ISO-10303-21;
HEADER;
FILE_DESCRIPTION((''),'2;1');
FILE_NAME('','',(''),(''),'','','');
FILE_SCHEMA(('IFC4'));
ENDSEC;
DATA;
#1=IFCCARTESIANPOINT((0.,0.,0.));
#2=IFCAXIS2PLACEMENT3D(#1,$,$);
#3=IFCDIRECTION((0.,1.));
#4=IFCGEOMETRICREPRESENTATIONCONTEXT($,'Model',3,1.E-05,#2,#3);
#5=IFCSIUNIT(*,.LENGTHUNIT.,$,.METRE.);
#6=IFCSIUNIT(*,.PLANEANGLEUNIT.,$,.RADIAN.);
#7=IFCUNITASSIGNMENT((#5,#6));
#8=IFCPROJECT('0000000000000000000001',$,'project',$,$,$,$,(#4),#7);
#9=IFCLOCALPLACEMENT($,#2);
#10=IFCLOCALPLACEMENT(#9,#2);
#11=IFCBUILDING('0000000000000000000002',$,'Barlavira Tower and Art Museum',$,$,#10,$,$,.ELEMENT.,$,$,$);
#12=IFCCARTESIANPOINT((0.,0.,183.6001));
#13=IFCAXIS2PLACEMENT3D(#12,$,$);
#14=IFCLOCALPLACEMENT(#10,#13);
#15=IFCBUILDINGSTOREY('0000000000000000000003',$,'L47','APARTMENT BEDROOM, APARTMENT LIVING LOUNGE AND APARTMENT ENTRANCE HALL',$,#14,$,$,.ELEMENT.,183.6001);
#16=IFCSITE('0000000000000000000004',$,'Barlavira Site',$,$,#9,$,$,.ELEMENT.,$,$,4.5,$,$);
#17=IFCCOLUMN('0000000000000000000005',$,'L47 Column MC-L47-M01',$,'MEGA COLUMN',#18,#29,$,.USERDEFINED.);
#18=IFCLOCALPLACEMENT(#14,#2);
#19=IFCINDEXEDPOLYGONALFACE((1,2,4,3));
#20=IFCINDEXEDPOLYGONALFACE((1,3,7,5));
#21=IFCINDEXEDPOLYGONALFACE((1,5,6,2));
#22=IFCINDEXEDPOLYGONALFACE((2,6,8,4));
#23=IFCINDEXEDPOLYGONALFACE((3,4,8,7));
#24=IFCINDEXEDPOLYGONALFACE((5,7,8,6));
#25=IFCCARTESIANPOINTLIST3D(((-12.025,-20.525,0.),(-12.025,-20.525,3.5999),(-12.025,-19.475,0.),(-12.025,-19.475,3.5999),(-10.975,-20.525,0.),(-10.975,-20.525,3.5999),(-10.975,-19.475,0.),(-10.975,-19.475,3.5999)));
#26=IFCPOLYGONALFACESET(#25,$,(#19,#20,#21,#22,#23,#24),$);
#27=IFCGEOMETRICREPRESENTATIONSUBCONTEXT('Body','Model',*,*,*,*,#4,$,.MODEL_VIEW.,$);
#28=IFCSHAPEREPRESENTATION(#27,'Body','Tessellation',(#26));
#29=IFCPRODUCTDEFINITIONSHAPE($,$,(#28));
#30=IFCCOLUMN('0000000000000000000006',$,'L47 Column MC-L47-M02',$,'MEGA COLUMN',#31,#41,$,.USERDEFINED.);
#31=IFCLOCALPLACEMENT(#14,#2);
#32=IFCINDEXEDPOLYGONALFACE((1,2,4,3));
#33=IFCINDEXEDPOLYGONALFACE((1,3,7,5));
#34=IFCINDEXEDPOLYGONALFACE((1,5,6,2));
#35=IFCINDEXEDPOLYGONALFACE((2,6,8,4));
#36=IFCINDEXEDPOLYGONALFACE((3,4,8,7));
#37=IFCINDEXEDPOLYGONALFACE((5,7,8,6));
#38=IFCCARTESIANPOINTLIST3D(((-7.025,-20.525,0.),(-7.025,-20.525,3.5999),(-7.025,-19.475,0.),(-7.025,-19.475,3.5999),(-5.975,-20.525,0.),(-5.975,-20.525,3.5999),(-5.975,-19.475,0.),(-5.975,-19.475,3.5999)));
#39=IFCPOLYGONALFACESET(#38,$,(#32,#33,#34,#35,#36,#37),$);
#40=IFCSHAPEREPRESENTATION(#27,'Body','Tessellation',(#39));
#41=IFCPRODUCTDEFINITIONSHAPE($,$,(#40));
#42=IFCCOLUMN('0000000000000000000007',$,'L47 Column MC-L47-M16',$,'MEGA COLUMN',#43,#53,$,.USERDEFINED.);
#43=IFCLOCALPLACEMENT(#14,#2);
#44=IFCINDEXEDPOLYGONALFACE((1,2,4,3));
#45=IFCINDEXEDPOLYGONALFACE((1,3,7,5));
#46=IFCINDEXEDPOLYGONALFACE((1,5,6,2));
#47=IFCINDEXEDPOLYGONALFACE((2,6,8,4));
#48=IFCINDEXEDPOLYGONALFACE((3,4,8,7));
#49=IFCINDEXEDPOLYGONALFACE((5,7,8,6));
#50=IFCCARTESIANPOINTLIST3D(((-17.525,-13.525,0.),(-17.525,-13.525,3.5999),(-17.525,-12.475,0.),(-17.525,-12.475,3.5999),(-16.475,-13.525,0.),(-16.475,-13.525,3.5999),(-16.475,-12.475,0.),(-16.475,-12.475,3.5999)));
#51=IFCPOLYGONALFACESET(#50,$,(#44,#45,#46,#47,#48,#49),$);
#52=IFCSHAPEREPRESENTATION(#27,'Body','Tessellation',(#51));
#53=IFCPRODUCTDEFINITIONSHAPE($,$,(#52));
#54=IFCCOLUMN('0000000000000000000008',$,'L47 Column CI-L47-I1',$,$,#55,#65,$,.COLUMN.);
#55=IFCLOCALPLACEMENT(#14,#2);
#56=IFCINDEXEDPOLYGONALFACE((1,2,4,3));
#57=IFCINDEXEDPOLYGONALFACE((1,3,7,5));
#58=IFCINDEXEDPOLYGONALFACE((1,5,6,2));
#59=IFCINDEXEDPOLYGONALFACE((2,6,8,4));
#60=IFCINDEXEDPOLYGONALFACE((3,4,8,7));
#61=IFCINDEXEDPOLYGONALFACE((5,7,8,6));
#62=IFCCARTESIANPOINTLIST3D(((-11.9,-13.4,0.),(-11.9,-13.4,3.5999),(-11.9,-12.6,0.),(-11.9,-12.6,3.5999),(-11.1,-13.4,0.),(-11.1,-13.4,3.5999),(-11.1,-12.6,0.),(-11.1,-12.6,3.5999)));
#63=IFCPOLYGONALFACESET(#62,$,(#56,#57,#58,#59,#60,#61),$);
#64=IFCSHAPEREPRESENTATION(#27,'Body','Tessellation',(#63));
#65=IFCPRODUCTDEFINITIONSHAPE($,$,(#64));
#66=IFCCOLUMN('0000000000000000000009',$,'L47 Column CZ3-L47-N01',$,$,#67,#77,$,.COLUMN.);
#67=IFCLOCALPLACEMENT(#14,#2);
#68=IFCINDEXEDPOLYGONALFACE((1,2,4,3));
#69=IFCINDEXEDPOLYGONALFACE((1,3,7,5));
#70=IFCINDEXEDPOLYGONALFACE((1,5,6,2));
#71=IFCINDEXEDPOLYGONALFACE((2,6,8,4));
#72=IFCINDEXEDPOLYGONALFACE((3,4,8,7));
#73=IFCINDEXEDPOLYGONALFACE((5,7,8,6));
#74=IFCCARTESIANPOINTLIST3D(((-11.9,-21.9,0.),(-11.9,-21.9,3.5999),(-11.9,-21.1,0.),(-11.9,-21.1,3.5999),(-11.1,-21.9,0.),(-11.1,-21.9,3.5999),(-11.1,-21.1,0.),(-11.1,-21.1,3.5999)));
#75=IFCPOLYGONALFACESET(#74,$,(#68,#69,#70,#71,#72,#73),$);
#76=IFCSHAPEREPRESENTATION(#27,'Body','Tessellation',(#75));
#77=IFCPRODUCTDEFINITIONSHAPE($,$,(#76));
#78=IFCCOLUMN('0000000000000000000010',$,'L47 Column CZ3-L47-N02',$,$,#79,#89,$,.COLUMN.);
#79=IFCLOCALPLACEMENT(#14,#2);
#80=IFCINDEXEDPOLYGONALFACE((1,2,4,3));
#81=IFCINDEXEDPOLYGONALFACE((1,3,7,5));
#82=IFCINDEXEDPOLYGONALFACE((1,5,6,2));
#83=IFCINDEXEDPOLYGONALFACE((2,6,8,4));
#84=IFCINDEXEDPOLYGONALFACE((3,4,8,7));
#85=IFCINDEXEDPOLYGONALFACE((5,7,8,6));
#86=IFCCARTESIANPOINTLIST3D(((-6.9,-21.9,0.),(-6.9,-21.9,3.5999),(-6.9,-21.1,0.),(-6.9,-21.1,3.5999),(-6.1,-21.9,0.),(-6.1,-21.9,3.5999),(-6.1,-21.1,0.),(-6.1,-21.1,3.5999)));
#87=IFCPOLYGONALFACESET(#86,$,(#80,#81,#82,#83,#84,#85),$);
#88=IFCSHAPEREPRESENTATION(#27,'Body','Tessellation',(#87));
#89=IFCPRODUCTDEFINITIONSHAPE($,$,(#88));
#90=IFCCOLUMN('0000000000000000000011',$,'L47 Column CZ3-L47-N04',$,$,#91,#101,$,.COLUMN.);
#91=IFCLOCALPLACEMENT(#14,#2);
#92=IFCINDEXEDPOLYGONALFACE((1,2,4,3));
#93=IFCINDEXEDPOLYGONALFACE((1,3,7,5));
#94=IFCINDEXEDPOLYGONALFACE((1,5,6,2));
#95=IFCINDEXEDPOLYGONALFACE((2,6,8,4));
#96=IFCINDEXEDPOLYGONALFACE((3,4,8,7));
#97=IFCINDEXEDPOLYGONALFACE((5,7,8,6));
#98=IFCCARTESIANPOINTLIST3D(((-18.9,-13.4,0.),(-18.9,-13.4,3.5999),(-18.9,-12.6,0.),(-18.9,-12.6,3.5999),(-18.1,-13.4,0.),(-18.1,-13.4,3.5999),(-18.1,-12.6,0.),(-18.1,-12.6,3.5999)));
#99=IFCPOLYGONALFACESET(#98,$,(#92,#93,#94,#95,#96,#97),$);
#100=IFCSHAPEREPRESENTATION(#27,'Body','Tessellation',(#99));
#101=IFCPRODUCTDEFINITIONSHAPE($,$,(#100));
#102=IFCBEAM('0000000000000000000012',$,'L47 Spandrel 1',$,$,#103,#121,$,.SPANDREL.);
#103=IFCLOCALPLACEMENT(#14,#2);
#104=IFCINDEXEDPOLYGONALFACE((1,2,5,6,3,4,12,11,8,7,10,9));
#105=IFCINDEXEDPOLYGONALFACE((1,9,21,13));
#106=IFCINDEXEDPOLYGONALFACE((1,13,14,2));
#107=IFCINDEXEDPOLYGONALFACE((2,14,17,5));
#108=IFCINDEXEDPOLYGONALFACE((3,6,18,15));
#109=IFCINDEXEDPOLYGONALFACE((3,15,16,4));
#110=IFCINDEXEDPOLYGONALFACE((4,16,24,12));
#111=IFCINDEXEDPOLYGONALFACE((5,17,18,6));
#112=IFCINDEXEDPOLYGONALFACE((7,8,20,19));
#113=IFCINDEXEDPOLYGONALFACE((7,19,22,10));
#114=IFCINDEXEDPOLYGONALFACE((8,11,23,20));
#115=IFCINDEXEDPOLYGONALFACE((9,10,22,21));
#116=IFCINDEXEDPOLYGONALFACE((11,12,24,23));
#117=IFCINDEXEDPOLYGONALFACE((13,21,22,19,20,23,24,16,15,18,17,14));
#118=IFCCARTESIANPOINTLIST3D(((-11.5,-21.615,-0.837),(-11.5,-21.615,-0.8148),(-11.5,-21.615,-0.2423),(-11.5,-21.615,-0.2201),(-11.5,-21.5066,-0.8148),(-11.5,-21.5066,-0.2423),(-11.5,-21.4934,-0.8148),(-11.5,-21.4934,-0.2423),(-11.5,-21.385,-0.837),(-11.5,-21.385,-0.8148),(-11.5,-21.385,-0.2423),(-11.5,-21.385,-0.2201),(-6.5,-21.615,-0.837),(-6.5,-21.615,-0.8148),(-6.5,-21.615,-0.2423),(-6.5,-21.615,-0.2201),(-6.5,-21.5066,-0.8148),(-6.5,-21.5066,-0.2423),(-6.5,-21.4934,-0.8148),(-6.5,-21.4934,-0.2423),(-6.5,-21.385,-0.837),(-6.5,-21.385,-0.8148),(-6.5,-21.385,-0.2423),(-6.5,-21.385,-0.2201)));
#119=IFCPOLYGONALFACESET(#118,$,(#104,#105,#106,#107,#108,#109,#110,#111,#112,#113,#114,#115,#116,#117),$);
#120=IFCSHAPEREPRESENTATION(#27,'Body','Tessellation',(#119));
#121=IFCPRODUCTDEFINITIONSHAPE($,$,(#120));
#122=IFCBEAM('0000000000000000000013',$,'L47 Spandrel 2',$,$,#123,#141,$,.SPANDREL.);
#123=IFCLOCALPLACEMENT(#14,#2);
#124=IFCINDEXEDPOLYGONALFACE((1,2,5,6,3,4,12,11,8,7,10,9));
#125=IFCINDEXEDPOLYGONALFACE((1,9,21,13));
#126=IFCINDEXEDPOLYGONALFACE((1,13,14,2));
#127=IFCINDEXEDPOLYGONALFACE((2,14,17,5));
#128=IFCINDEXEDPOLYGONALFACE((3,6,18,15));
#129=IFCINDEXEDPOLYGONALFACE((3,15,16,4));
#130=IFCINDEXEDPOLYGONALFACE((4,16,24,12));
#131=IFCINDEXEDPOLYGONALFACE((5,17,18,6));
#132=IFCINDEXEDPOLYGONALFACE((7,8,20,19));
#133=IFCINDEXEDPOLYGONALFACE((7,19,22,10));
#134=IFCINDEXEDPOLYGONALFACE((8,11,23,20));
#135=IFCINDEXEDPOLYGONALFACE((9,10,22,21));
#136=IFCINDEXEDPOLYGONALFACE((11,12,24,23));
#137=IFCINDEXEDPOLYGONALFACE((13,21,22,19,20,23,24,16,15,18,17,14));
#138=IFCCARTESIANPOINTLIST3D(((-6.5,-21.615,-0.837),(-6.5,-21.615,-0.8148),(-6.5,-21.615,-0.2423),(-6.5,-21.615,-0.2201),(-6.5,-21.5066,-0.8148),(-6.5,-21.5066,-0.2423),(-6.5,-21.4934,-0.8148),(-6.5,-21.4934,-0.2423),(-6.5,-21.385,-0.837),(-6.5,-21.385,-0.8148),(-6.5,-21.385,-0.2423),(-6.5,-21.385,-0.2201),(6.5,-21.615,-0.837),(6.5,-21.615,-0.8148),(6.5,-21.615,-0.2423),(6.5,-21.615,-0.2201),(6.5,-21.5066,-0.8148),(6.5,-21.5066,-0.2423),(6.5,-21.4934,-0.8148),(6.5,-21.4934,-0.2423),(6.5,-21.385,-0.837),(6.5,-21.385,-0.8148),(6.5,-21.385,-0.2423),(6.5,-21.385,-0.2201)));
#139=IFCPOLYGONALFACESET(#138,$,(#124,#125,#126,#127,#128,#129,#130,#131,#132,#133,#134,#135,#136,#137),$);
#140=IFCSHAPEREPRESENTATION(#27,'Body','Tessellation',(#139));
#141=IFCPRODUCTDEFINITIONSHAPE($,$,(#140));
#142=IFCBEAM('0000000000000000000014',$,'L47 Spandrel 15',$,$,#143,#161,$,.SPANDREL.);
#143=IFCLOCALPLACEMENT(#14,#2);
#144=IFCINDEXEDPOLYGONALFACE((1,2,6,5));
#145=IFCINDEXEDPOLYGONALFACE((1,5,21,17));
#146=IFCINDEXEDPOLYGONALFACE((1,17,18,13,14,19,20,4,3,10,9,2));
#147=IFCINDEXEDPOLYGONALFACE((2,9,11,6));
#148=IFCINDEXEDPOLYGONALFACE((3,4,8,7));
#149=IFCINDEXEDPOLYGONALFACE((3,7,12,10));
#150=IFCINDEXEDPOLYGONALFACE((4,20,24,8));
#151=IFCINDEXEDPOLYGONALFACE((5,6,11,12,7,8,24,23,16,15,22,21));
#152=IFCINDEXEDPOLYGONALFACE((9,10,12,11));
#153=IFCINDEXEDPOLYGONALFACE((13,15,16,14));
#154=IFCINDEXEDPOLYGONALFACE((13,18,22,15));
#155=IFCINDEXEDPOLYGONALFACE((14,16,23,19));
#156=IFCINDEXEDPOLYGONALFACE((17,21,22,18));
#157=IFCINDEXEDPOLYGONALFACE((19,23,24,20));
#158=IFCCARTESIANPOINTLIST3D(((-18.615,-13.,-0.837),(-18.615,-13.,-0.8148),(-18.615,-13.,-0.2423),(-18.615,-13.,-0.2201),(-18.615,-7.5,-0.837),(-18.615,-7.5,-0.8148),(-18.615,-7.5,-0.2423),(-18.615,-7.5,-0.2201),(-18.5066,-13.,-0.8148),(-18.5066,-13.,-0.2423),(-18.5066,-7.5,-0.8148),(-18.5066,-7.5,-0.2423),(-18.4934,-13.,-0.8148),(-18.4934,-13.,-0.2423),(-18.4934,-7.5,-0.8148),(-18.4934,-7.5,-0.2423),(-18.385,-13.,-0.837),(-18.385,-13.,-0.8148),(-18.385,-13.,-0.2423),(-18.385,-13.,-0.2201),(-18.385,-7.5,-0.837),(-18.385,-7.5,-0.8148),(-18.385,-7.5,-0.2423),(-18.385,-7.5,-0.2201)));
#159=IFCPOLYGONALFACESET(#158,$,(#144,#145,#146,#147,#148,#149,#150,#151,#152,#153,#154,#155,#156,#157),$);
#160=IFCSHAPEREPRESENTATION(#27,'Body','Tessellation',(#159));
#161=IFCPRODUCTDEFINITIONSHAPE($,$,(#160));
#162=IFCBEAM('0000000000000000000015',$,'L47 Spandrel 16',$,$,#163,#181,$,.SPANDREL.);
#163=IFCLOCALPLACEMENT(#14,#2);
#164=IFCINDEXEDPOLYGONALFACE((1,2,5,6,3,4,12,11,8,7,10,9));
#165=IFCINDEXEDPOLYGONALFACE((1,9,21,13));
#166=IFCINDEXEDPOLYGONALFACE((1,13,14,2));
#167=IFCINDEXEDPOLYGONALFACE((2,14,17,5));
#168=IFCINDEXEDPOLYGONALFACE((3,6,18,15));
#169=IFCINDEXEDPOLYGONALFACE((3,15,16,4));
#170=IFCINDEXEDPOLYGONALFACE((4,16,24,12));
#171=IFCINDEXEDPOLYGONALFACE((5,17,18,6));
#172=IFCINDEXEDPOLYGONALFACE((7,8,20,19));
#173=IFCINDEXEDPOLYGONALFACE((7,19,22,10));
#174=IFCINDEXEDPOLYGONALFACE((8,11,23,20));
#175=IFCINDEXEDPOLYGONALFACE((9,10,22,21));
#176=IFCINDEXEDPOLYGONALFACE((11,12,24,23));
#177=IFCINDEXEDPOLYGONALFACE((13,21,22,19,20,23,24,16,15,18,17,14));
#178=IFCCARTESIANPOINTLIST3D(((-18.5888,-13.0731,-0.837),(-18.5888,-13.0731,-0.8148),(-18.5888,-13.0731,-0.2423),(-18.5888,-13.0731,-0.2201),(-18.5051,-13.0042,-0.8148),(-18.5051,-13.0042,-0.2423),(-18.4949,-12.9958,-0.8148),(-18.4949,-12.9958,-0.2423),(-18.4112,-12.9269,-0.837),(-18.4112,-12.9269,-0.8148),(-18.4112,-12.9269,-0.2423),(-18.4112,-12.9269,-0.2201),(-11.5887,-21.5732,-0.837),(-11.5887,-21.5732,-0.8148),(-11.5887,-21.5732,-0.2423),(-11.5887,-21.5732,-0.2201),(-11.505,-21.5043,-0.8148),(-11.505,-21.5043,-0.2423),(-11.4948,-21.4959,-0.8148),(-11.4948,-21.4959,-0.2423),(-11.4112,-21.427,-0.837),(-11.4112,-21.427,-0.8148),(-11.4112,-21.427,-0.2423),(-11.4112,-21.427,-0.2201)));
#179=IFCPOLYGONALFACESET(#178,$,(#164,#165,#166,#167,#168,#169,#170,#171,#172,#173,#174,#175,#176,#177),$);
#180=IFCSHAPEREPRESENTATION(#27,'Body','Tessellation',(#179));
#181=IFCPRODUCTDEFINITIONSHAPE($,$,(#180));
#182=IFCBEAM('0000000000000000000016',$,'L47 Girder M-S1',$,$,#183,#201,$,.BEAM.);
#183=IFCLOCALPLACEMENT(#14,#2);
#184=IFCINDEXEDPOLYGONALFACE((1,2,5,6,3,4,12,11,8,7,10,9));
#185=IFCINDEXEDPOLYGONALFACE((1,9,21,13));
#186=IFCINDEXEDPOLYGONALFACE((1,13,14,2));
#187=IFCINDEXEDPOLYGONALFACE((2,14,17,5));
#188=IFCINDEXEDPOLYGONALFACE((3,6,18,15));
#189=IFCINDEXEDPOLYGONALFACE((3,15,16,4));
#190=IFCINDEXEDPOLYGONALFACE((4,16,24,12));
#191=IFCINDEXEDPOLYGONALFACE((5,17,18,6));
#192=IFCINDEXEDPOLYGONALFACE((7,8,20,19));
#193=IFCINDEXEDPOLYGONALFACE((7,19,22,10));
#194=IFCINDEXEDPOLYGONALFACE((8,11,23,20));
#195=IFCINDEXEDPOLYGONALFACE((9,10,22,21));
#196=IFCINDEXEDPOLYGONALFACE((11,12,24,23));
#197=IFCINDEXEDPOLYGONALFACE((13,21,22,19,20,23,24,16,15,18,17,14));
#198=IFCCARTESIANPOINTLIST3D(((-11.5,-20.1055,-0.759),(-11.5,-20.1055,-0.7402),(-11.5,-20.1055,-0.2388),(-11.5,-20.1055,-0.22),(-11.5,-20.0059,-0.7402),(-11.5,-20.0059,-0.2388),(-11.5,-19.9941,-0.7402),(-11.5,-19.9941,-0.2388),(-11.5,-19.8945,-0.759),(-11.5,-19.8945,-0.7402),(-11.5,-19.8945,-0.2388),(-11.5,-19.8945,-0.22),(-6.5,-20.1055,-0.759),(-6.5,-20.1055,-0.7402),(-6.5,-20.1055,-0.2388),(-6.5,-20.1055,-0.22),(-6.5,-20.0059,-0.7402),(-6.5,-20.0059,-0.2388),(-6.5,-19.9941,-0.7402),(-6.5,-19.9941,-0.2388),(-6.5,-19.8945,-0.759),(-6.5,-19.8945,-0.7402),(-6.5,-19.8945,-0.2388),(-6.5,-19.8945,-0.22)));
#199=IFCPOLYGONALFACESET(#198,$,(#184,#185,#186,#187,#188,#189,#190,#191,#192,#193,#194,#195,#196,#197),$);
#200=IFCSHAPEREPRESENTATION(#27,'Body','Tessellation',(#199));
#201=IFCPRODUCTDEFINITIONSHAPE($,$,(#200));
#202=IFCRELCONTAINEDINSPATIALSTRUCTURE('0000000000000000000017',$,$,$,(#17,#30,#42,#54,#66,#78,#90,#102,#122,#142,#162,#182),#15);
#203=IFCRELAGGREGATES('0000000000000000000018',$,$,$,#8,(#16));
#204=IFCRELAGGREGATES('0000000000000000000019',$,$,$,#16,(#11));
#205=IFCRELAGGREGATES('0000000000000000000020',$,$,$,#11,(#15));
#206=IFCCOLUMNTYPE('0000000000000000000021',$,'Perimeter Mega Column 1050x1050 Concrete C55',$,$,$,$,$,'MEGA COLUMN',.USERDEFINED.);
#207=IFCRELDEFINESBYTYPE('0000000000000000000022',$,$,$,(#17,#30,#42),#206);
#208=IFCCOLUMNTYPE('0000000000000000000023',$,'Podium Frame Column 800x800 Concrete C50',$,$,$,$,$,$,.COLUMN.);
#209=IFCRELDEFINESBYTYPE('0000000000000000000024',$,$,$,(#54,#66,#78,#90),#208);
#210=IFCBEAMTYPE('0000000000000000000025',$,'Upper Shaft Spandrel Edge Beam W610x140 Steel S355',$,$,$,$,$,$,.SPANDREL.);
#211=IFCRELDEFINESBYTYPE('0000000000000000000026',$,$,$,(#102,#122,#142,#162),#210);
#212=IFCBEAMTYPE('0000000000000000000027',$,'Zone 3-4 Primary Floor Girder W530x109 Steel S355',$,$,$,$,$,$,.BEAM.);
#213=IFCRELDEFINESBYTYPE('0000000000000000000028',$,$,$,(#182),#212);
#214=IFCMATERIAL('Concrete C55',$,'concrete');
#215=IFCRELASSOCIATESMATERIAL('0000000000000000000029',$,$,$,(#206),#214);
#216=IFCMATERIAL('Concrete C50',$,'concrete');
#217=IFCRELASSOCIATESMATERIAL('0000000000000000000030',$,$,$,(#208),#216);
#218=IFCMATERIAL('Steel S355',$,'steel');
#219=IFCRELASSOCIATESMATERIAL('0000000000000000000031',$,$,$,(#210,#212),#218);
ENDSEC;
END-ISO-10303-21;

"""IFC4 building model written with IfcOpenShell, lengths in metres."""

from ifc_helpers import new_model, si_unit, direction, frame, origin, origin_2d, place, context, subcontext, project, spatial, rectangle, i_section, extrude, material, material_profile, profile_set, type_object, element, save


model = new_model("IFC4")

# Units and contexts
model_context = context("Model", 3, precision=1e-05, world=origin(), true_north=direction((0.0, 1.0)))
body_context = subcontext(model_context, "Body", "Model", "MODEL_VIEW")
ifc_project = project(units=[si_unit("LENGTHUNIT", "METRE"), si_unit("PLANEANGLEUNIT", "RADIAN")], contexts=[model_context])

# Site, building, storey
site_placement = place(None, origin())
site = spatial("IfcSite", under=ifc_project, at=site_placement, Name="Barlavira Site", CompositionType="ELEMENT", RefElevation=4.5)
building_placement = place(site_placement, origin())
building = spatial("IfcBuilding", under=site, at=building_placement, Name="Barlavira Tower and Art Museum", CompositionType="ELEMENT")
storey_placement = place(building_placement, frame((0.0, 0.0, 183.6001)))
storey = spatial("IfcBuildingStorey", under=building, at=storey_placement, Name="L47", Description="APARTMENT BEDROOM, APARTMENT LIVING LOUNGE AND APARTMENT ENTRANCE HALL", CompositionType="ELEMENT", Elevation=183.6001)

# Columns
ifc_material_1 = material(Name="Concrete C55", Category="concrete")
ifc_material_profile_1 = material_profile(ifc_material_1, rectangle(XDim=1.05, YDim=1.05, at=origin_2d()), Name="RC-COL 1050x1050")
ifc_profile_set_1 = profile_set([ifc_material_profile_1], Name="Concrete C55")
column_type_1 = type_object("IfcColumnType", Name="Perimeter Mega Column 1050x1050 Concrete C55", ElementType="MEGA COLUMN", PredefinedType="USERDEFINED", material=ifc_profile_set_1)
for number, where, z_axis, x_axis, name in (
    (1, (-11.5, -20.0, 0.0), (0.0, 0.0, 1.0), (1.0, 0.0, 0.0), "L47 Column MC-L47-M01"),
    (2, (-6.5, -20.0, 0.0), (0.0, 0.0, 1.0), (1.0, 0.0, 0.0), "L47 Column MC-L47-M02"),
    (3, (-17.0, -13.0, 0.0), (0.0, 0.0, 1.0), (1.0, 0.0, 0.0), "L47 Column MC-L47-M16"),
):
    element("IfcColumn", number, at=place(storey_placement, frame(where, z_axis=z_axis, x_axis=x_axis)), inside=storey, type_object=column_type_1, Name=name, ObjectType="MEGA COLUMN", PredefinedType="USERDEFINED", context=body_context, shape_type="SweptSolid", body=[
        extrude(rectangle(XDim=1.05, YDim=1.05, at=origin_2d()), origin(), (0.0, 0.0, 1.0), 3.5999),
    ])
ifc_material_2 = material(Name="Concrete C50", Category="concrete")
ifc_material_profile_2 = material_profile(ifc_material_2, rectangle(XDim=0.8, YDim=0.8, at=origin_2d()), Name="RC-COL 800x800")
ifc_profile_set_2 = profile_set([ifc_material_profile_2], Name="Concrete C50")
column_type_2 = type_object("IfcColumnType", Name="Podium Frame Column 800x800 Concrete C50", PredefinedType="COLUMN", material=ifc_profile_set_2)
for number, where, z_axis, x_axis, name in (
    (4, (-11.5, -13.0, 0.0), (0.0, 0.0, 1.0), (1.0, 0.0, 0.0), "L47 Column CI-L47-I1"),
    (5, (-11.5, -21.5, 0.0), (0.0, 0.0, 1.0), (1.0, 0.0, 0.0), "L47 Column CZ3-L47-N01"),
    (6, (-6.5, -21.5, 0.0), (0.0, 0.0, 1.0), (1.0, 0.0, 0.0), "L47 Column CZ3-L47-N02"),
    (7, (-18.5, -13.0, 0.0), (0.0, 0.0, 1.0), (1.0, 0.0, 0.0), "L47 Column CZ3-L47-N04"),
):
    element("IfcColumn", number, at=place(storey_placement, frame(where, z_axis=z_axis, x_axis=x_axis)), inside=storey, type_object=column_type_2, Name=name, PredefinedType="COLUMN", context=body_context, shape_type="SweptSolid", body=[
        extrude(rectangle(XDim=0.8, YDim=0.8, at=origin_2d()), origin(), (0.0, 0.0, 1.0), 3.5999),
    ])

# Beams
ifc_material_3 = material(Name="Steel S355", Category="steel")
ifc_material_profile_3 = material_profile(ifc_material_3, i_section(OverallWidth=0.23, OverallDepth=0.6169, WebThickness=0.0132, FlangeThickness=0.0222, at=origin_2d()), Name="W610x140.0")
ifc_profile_set_3 = profile_set([ifc_material_profile_3], Name="Steel S355")
beam_type_1 = type_object("IfcBeamType", Name="Upper Shaft Spandrel Edge Beam W610x140 Steel S355", PredefinedType="SPANDREL", material=ifc_profile_set_3)
beam_1_placement = place(storey_placement, frame((-11.5, -21.5, -0.5286), z_axis=(1.0, 0.0, 0.0), x_axis=(0.0, 1.0, 0.0)))
element("IfcBeam", 8, at=beam_1_placement, inside=storey, type_object=beam_type_1, Name="L47 Spandrel 1", PredefinedType="SPANDREL", context=body_context, shape_type="SweptSolid", body=[
    extrude(i_section(OverallWidth=0.23, OverallDepth=0.6169, WebThickness=0.0132, FlangeThickness=0.0222, at=origin_2d()), origin(), (0.0, 0.0, 1.0), 5.0),
])
beam_2_placement = place(storey_placement, frame((-6.5, -21.5, -0.5286), z_axis=(1.0, 0.0, 0.0), x_axis=(0.0, 1.0, 0.0)))
element("IfcBeam", 9, at=beam_2_placement, inside=storey, type_object=beam_type_1, Name="L47 Spandrel 2", PredefinedType="SPANDREL", context=body_context, shape_type="SweptSolid", body=[
    extrude(i_section(OverallWidth=0.23, OverallDepth=0.6169, WebThickness=0.0132, FlangeThickness=0.0222, at=origin_2d()), origin(), (0.0, 0.0, 1.0), 13.0),
])
beam_3_placement = place(storey_placement, frame((-18.5, -13.0, -0.5286), z_axis=(0.0, 1.0, 0.0), x_axis=(-1.0, 0.0, 0.0)))
element("IfcBeam", 10, at=beam_3_placement, inside=storey, type_object=beam_type_1, Name="L47 Spandrel 15", PredefinedType="SPANDREL", context=body_context, shape_type="SweptSolid", body=[
    extrude(i_section(OverallWidth=0.23, OverallDepth=0.6169, WebThickness=0.0132, FlangeThickness=0.0222, at=origin_2d()), origin(), (0.0, 0.0, 1.0), 5.5),
])
beam_4_placement = place(storey_placement, frame((-18.5, -13.0, -0.5286), z_axis=(0.635707, -0.77193, 0.0), x_axis=(0.77193, 0.635707, 0.0)))
element("IfcBeam", 11, at=beam_4_placement, inside=storey, type_object=beam_type_1, Name="L47 Spandrel 16", PredefinedType="SPANDREL", context=body_context, shape_type="SweptSolid", body=[
    extrude(i_section(OverallWidth=0.23, OverallDepth=0.6169, WebThickness=0.0132, FlangeThickness=0.0222, at=origin_2d()), origin(), (0.0, 0.0, 1.0), 11.0115),
])
ifc_material_profile_4 = material_profile(ifc_material_3, i_section(OverallWidth=0.2109, OverallDepth=0.5391, WebThickness=0.0117, FlangeThickness=0.0188, at=origin_2d()), Name="W530x109.0")
ifc_profile_set_4 = profile_set([ifc_material_profile_4], Name="Steel S355")
beam_type_2 = type_object("IfcBeamType", Name="Zone 3-4 Primary Floor Girder W530x109 Steel S355", PredefinedType="BEAM", material=ifc_profile_set_4)
beam_5_placement = place(storey_placement, frame((-11.5, -20.0, -0.4895), z_axis=(1.0, 0.0, 0.0), x_axis=(0.0, 1.0, 0.0)))
element("IfcBeam", 12, at=beam_5_placement, inside=storey, type_object=beam_type_2, Name="L47 Girder M-S1", PredefinedType="BEAM", context=body_context, shape_type="SweptSolid", body=[
    extrude(i_section(OverallWidth=0.2109, OverallDepth=0.5391, WebThickness=0.0117, FlangeThickness=0.0188, at=origin_2d()), origin(), (0.0, 0.0, 1.0), 5.0),
])

save(model, "model.ifc")
